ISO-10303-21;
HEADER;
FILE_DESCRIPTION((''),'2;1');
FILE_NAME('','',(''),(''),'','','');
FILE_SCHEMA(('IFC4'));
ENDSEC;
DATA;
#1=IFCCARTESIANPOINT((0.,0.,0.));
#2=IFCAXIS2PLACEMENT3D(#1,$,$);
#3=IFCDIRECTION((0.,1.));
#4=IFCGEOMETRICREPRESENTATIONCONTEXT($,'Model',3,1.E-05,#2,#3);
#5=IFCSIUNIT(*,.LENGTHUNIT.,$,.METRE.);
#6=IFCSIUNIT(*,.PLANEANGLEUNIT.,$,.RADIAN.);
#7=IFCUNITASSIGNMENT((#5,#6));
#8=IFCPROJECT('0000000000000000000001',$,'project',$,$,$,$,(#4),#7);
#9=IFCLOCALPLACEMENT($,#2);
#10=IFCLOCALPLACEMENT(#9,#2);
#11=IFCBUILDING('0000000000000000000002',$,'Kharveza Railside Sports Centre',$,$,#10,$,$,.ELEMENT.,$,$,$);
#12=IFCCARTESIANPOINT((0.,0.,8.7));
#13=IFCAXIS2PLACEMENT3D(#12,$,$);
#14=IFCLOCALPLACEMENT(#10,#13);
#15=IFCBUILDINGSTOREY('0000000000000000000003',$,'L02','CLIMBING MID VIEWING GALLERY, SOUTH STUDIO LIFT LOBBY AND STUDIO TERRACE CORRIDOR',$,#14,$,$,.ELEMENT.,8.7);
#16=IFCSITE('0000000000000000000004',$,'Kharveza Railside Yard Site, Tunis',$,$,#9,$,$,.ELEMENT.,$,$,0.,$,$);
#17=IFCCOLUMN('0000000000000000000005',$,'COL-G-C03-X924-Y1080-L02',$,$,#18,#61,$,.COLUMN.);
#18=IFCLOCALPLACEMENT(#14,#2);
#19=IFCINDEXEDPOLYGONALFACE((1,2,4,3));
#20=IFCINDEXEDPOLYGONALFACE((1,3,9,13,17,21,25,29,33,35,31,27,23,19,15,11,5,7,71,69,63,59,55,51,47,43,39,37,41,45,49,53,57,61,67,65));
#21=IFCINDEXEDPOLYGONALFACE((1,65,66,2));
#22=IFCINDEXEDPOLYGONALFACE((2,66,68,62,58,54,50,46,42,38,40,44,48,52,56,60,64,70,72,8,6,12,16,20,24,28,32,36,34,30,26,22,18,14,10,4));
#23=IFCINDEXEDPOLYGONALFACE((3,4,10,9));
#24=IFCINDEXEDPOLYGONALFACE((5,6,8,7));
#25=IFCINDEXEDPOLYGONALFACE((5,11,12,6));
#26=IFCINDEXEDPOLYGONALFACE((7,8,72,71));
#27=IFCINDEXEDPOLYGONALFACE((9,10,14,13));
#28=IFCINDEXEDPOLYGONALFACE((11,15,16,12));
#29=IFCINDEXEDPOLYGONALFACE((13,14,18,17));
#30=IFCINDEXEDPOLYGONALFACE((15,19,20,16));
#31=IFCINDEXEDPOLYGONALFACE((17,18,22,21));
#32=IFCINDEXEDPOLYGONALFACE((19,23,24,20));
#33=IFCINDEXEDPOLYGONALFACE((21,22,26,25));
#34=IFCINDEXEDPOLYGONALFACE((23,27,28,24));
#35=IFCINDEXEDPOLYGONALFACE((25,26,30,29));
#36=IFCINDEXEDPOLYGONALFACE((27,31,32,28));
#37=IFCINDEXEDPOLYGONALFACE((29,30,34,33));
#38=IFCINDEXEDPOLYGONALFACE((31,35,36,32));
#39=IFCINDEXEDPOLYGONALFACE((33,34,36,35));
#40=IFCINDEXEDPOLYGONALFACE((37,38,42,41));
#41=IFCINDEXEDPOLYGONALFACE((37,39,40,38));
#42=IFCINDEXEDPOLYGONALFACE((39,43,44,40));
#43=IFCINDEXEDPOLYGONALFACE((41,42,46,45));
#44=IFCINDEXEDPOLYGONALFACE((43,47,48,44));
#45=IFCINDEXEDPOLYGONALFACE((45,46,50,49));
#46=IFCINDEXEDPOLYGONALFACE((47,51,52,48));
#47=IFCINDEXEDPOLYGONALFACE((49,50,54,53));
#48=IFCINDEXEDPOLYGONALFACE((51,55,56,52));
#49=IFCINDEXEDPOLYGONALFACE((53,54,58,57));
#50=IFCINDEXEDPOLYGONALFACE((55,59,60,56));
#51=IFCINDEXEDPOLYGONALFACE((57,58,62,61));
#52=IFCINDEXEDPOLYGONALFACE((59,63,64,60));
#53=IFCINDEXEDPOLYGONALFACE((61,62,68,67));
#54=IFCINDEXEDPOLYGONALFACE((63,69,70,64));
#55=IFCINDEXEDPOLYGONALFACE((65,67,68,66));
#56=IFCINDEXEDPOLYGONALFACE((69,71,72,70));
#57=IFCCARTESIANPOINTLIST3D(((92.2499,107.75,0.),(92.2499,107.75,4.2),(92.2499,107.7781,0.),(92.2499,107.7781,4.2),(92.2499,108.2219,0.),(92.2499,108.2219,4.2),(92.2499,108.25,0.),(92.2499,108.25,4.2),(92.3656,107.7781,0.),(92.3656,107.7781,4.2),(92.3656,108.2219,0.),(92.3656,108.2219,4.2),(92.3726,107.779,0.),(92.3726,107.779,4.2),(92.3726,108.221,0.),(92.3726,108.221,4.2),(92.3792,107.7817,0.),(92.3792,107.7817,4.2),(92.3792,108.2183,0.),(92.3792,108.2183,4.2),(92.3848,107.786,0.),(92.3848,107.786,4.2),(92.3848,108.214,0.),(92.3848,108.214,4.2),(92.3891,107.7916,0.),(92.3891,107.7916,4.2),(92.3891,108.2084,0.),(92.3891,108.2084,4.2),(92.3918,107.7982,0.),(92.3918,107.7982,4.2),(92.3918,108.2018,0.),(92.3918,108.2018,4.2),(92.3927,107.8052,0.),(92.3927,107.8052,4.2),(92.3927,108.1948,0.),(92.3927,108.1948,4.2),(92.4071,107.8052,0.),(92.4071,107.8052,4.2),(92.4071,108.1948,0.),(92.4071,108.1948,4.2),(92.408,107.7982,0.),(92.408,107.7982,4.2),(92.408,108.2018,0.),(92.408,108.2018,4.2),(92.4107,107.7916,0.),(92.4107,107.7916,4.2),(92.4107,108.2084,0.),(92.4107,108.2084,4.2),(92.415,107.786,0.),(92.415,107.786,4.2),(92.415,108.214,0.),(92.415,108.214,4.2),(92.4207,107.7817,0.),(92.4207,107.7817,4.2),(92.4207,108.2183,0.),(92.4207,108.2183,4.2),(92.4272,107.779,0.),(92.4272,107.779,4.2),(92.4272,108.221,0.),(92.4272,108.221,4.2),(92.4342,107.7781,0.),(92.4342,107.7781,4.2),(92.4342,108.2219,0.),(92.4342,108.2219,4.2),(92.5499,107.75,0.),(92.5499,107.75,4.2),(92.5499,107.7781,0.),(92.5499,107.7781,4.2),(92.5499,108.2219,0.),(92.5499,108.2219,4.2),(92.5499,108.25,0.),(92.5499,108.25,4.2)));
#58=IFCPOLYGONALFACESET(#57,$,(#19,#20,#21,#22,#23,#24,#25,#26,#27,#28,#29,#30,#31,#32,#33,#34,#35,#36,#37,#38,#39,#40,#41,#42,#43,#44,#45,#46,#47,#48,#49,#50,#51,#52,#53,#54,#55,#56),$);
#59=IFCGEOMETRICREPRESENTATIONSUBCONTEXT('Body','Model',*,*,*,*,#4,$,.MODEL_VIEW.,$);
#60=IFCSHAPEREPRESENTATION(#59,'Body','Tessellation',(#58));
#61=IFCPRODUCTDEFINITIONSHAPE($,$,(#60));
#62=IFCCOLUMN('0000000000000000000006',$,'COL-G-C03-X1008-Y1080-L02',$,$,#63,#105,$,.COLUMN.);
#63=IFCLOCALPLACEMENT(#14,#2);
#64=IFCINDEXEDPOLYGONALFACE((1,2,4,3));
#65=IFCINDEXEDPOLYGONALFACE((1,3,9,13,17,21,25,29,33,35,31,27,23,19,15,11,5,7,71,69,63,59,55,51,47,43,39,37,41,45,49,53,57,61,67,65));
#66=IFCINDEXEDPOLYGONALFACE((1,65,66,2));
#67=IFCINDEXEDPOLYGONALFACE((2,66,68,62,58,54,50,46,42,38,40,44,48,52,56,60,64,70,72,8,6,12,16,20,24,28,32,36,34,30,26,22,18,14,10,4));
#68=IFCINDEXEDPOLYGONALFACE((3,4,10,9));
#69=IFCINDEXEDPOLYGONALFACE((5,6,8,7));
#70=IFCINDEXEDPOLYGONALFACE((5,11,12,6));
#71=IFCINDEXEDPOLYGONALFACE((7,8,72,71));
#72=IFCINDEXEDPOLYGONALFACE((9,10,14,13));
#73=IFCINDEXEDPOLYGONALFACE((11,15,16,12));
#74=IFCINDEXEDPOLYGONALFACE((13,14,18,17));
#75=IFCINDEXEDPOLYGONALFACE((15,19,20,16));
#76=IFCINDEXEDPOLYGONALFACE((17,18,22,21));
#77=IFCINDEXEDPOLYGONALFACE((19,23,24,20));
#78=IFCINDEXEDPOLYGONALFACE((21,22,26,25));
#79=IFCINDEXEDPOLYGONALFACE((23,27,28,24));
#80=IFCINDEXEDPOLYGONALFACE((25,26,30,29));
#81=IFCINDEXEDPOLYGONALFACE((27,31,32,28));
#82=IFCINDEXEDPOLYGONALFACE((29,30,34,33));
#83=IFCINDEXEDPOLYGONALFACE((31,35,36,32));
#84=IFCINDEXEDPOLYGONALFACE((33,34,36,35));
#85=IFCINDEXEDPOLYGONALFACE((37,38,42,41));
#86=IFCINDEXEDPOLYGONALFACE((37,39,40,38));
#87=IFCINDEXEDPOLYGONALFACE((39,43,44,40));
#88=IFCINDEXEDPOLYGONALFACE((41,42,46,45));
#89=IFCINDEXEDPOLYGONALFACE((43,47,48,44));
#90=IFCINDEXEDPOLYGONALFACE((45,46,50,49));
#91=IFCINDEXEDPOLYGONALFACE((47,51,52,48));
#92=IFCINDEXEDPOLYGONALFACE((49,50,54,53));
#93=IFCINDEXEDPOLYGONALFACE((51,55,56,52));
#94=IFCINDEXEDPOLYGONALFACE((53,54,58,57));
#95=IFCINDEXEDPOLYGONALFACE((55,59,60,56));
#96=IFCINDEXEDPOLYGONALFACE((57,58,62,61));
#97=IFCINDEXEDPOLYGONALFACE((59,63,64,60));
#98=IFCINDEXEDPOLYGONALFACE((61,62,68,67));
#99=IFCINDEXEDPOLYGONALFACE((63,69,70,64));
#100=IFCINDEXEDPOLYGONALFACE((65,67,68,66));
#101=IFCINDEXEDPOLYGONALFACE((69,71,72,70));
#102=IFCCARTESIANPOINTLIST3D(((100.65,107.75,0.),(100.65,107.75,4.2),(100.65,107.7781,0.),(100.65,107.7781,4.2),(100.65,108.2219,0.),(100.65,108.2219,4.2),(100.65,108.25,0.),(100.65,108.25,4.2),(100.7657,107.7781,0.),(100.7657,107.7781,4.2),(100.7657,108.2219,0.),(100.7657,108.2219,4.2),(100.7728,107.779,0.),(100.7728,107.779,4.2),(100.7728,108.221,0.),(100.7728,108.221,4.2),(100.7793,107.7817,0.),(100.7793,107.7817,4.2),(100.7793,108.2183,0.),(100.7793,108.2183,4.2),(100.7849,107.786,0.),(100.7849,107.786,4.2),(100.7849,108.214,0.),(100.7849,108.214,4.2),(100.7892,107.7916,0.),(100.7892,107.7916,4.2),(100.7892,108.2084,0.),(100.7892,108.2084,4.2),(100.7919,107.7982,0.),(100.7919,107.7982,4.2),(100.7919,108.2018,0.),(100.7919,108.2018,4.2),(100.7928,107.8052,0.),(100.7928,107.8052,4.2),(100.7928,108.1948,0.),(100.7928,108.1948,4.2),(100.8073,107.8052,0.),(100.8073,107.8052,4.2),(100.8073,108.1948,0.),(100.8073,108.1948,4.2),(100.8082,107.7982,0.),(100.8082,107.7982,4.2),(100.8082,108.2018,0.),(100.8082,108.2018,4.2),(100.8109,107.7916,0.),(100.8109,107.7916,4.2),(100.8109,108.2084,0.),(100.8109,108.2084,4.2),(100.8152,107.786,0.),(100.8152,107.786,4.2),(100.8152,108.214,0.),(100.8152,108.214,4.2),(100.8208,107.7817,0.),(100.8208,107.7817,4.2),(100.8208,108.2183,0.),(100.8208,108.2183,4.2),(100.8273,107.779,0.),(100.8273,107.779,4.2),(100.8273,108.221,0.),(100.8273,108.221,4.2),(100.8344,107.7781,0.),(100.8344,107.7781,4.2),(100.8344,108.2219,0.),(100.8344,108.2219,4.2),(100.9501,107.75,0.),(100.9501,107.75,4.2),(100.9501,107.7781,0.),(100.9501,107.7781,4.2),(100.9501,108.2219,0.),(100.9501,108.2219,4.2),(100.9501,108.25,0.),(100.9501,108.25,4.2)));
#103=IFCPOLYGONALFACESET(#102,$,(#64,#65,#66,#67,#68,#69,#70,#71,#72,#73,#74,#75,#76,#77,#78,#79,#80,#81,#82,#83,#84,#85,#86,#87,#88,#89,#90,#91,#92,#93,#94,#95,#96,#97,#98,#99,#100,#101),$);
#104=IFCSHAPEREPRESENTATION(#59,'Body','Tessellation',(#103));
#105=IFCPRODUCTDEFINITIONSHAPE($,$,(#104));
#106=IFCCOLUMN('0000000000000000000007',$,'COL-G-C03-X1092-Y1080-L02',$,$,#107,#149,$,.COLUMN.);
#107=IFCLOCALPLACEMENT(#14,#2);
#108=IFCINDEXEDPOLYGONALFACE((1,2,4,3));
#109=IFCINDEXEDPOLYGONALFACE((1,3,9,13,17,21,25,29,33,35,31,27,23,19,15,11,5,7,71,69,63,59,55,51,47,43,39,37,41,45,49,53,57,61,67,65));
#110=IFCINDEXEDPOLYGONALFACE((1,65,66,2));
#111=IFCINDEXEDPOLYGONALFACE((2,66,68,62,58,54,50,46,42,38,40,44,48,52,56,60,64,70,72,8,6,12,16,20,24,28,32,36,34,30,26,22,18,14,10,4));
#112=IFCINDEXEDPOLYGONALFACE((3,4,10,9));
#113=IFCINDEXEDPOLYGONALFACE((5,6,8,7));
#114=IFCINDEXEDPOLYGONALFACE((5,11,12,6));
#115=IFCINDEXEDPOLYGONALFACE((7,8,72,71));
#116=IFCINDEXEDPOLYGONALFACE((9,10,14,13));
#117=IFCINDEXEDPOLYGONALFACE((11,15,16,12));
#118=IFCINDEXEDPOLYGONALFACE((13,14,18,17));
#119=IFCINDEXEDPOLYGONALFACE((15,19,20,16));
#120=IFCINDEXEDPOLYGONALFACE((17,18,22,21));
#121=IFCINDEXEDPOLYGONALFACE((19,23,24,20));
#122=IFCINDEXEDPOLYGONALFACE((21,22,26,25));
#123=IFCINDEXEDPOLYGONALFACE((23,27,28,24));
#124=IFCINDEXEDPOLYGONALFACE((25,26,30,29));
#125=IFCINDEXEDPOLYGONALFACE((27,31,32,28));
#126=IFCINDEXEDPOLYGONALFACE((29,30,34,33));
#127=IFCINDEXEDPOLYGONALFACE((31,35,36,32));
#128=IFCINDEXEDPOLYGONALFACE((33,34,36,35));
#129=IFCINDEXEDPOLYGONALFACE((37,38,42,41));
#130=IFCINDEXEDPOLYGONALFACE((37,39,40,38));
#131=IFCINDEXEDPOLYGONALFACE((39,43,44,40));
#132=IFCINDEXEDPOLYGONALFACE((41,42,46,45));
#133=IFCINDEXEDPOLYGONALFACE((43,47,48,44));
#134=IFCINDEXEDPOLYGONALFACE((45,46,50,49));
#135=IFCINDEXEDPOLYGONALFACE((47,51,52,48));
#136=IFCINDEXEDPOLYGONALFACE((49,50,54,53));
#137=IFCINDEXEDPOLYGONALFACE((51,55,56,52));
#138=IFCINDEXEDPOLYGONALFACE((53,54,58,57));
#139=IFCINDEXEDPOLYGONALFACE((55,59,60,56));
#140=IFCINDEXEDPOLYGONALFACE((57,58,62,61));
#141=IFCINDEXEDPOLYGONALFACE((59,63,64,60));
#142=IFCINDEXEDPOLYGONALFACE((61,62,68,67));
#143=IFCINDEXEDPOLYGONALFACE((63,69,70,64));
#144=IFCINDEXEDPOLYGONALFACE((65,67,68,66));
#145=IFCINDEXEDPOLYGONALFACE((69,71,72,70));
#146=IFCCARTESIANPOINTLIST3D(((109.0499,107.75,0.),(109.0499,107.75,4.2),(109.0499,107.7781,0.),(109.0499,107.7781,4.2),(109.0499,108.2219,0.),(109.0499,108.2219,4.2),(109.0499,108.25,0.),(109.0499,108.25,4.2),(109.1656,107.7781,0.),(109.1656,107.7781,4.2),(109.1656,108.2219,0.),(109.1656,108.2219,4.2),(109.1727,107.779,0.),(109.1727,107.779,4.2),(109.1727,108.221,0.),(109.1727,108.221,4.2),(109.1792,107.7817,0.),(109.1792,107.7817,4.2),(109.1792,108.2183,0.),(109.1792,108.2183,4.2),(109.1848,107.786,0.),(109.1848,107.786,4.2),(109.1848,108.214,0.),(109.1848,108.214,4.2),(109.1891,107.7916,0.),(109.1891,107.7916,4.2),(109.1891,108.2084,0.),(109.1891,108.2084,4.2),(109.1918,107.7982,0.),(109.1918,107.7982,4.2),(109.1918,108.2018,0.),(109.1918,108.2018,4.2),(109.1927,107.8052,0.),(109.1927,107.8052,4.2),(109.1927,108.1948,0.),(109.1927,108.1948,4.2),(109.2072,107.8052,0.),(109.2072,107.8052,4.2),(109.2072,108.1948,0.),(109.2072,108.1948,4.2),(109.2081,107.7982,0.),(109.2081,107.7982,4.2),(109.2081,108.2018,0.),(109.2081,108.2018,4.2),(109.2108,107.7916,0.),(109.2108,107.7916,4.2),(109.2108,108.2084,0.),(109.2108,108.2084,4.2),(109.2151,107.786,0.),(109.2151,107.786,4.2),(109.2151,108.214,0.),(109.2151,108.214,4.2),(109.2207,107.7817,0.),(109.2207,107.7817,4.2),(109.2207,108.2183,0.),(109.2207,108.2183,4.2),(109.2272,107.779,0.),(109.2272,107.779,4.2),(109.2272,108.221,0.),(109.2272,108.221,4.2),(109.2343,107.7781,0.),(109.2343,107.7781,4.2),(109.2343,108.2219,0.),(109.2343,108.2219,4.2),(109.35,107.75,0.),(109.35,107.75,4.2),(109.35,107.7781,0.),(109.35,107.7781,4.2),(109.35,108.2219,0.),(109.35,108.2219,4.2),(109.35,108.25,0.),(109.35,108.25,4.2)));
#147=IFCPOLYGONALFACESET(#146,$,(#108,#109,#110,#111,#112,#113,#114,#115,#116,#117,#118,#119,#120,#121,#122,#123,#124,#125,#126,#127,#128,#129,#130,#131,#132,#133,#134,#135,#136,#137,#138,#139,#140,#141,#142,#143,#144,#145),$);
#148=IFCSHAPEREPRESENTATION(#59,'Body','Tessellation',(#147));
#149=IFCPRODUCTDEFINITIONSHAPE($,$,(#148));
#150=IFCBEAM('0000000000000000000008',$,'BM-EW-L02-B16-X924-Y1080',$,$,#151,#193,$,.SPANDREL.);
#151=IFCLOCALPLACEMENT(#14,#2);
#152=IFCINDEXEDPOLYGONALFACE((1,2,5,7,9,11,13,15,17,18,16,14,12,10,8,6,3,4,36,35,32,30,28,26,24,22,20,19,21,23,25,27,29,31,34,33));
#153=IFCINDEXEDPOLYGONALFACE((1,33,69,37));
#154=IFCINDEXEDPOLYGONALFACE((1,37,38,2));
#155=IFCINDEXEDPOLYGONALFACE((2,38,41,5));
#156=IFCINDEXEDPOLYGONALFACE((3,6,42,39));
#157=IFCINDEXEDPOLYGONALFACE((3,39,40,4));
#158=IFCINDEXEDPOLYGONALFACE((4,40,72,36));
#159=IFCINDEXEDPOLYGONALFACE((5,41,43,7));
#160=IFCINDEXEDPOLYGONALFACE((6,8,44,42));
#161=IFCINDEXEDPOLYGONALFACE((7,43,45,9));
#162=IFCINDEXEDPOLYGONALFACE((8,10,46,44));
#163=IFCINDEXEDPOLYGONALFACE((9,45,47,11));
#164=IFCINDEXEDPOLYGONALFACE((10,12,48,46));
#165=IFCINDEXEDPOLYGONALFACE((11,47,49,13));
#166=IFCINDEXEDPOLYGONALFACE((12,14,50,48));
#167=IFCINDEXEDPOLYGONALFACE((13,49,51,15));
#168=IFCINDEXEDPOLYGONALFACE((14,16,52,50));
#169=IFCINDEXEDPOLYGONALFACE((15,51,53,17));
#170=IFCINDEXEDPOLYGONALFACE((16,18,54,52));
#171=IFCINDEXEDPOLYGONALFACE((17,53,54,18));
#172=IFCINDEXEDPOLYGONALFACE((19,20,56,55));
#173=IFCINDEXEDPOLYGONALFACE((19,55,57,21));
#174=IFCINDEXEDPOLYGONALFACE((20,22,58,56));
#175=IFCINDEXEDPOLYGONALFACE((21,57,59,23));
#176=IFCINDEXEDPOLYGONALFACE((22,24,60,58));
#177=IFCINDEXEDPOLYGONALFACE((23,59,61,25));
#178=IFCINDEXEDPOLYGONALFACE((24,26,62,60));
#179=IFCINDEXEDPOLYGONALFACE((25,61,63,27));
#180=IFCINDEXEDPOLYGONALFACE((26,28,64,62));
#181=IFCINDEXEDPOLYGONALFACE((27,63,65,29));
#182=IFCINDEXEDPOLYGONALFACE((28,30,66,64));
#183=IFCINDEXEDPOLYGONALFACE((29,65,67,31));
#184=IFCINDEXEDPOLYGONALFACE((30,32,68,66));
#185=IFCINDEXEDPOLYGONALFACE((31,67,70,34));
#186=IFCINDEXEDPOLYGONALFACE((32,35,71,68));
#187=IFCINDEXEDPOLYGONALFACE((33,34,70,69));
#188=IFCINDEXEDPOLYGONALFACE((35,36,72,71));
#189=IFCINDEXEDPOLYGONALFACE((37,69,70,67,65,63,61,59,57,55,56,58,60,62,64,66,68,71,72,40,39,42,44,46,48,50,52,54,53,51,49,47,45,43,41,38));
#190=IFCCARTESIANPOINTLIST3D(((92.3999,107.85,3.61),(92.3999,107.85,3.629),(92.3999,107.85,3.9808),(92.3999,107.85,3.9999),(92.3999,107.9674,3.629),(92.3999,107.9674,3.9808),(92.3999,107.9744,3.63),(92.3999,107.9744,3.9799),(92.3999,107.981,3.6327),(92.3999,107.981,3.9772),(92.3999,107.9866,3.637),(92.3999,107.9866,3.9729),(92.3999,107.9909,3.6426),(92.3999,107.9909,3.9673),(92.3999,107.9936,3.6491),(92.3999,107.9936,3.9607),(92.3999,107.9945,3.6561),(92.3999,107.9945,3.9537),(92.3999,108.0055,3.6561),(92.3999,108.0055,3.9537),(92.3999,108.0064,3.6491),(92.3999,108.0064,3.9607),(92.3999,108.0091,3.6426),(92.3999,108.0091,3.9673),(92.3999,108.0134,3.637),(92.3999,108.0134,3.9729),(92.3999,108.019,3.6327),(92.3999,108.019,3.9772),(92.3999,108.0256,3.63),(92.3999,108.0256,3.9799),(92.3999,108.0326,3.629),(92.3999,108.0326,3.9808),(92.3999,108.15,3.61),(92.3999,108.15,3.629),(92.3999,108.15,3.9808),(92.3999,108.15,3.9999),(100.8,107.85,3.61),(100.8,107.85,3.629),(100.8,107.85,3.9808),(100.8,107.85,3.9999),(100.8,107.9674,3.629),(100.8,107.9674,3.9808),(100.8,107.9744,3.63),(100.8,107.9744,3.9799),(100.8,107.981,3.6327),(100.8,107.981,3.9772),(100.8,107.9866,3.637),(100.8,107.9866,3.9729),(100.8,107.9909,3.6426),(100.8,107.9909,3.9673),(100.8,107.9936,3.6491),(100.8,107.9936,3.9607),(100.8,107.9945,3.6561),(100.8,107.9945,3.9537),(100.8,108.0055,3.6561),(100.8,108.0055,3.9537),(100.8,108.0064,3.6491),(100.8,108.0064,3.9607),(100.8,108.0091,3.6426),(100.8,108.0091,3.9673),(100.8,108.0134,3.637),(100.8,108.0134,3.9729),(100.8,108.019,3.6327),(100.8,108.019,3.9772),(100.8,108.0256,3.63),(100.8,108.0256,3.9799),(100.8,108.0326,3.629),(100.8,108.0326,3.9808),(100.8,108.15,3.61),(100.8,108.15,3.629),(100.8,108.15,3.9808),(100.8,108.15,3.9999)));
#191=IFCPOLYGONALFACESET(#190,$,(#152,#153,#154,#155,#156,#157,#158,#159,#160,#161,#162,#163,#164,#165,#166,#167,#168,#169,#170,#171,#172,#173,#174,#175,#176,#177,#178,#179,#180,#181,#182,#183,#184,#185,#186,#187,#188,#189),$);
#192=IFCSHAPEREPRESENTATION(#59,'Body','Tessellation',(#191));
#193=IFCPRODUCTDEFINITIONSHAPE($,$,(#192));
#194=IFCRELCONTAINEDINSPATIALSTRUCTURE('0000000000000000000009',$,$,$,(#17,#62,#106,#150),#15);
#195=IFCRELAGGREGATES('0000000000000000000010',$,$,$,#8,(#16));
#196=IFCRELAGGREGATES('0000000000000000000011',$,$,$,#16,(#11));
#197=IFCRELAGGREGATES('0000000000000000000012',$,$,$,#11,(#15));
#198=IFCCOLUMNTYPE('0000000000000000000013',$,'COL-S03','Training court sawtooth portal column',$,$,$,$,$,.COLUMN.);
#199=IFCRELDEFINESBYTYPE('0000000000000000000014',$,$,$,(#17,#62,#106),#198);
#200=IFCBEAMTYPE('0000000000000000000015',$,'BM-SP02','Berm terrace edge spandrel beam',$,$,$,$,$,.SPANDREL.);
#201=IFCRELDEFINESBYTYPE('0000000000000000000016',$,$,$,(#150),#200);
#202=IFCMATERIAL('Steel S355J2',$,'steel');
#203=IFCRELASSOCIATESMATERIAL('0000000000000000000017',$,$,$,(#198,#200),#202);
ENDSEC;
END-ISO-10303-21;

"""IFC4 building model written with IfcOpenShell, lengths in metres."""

from ifc_helpers import new_model, si_unit, direction, frame, origin, origin_2d, place, context, subcontext, project, spatial, i_section, extrude, material, material_profile, profile_set, type_object, element, save


model = new_model("IFC4")

# Units and contexts
model_context = context("Model", 3, precision=1e-05, world=origin(), true_north=direction((0.0, 1.0)))
body_context = subcontext(model_context, "Body", "Model", "MODEL_VIEW")
ifc_project = project(units=[si_unit("LENGTHUNIT", "METRE"), si_unit("PLANEANGLEUNIT", "RADIAN")], contexts=[model_context])

# Site, building, storey
site_placement = place(None, origin())
site = spatial("IfcSite", under=ifc_project, at=site_placement, Name="Kharveza Railside Yard Site, Tunis", CompositionType="ELEMENT", RefElevation=0.0)
building_placement = place(site_placement, origin())
building = spatial("IfcBuilding", under=site, at=building_placement, Name="Kharveza Railside Sports Centre", CompositionType="ELEMENT")
storey_placement = place(building_placement, frame((0.0, 0.0, 8.7)))
storey = spatial("IfcBuildingStorey", under=building, at=storey_placement, Name="L02", Description="CLIMBING MID VIEWING GALLERY, SOUTH STUDIO LIFT LOBBY AND STUDIO TERRACE CORRIDOR", CompositionType="ELEMENT", Elevation=8.7)

# Columns
ifc_material_1 = material(Name="Steel S355J2", Category="steel")
ifc_material_profile_1 = material_profile(ifc_material_1, i_section(OverallWidth=0.3, OverallDepth=0.5, WebThickness=0.0144, FlangeThickness=0.0281, FilletRadius=0.0271, at=origin_2d()), Name="HEB 500")
ifc_profile_set_1 = profile_set([ifc_material_profile_1], Name="Steel S355J2")
column_type = type_object("IfcColumnType", Name="COL-S03", Description="Training court sawtooth portal column", PredefinedType="COLUMN", material=ifc_profile_set_1)
for number, where, z_axis, x_axis, name in (
    (1, (92.3999, 108.0, 0.0), (0.0, 0.0, 1.0), (1.0, 0.0, 0.0), "COL-G-C03-X924-Y1080-L02"),
    (2, (100.8, 108.0, 0.0), (0.0, 0.0, 1.0), (1.0, 0.0, 0.0), "COL-G-C03-X1008-Y1080-L02"),
    (3, (109.2, 108.0, 0.0), (0.0, 0.0, 1.0), (1.0, 0.0, 0.0), "COL-G-C03-X1092-Y1080-L02"),
):
    element("IfcColumn", number, at=place(storey_placement, frame(where, z_axis=z_axis, x_axis=x_axis)), inside=storey, type_object=column_type, Name=name, PredefinedType="COLUMN", context=body_context, shape_type="SweptSolid", body=[
        extrude(i_section(OverallWidth=0.3, OverallDepth=0.5, WebThickness=0.0144, FlangeThickness=0.0281, FilletRadius=0.0271, at=origin_2d()), origin(), (0.0, 0.0, 1.0), 4.2),
    ])

# Beam
ifc_material_profile_2 = material_profile(ifc_material_1, i_section(OverallWidth=0.3, OverallDepth=0.3899, WebThickness=0.011, FlangeThickness=0.019, FilletRadius=0.0271, at=origin_2d()), Name="HEA 400")
ifc_profile_set_2 = profile_set([ifc_material_profile_2], Name="Steel S355J2")
beam_type = type_object("IfcBeamType", Name="BM-SP02", Description="Berm terrace edge spandrel beam", PredefinedType="SPANDREL", material=ifc_profile_set_2)
beam_1_placement = place(storey_placement, frame((92.3999, 108.0, 3.8049), z_axis=(1.0, 0.0, 0.0), x_axis=(0.0, 1.0, 0.0)))
element("IfcBeam", 4, at=beam_1_placement, inside=storey, type_object=beam_type, Name="BM-EW-L02-B16-X924-Y1080", PredefinedType="SPANDREL", context=body_context, shape_type="SweptSolid", body=[
    extrude(i_section(OverallWidth=0.3, OverallDepth=0.3899, WebThickness=0.011, FlangeThickness=0.019, FilletRadius=0.0271, at=origin_2d()), origin(), (0.0, 0.0, 1.0), 8.4001),
])

save(model, "model.ifc")
